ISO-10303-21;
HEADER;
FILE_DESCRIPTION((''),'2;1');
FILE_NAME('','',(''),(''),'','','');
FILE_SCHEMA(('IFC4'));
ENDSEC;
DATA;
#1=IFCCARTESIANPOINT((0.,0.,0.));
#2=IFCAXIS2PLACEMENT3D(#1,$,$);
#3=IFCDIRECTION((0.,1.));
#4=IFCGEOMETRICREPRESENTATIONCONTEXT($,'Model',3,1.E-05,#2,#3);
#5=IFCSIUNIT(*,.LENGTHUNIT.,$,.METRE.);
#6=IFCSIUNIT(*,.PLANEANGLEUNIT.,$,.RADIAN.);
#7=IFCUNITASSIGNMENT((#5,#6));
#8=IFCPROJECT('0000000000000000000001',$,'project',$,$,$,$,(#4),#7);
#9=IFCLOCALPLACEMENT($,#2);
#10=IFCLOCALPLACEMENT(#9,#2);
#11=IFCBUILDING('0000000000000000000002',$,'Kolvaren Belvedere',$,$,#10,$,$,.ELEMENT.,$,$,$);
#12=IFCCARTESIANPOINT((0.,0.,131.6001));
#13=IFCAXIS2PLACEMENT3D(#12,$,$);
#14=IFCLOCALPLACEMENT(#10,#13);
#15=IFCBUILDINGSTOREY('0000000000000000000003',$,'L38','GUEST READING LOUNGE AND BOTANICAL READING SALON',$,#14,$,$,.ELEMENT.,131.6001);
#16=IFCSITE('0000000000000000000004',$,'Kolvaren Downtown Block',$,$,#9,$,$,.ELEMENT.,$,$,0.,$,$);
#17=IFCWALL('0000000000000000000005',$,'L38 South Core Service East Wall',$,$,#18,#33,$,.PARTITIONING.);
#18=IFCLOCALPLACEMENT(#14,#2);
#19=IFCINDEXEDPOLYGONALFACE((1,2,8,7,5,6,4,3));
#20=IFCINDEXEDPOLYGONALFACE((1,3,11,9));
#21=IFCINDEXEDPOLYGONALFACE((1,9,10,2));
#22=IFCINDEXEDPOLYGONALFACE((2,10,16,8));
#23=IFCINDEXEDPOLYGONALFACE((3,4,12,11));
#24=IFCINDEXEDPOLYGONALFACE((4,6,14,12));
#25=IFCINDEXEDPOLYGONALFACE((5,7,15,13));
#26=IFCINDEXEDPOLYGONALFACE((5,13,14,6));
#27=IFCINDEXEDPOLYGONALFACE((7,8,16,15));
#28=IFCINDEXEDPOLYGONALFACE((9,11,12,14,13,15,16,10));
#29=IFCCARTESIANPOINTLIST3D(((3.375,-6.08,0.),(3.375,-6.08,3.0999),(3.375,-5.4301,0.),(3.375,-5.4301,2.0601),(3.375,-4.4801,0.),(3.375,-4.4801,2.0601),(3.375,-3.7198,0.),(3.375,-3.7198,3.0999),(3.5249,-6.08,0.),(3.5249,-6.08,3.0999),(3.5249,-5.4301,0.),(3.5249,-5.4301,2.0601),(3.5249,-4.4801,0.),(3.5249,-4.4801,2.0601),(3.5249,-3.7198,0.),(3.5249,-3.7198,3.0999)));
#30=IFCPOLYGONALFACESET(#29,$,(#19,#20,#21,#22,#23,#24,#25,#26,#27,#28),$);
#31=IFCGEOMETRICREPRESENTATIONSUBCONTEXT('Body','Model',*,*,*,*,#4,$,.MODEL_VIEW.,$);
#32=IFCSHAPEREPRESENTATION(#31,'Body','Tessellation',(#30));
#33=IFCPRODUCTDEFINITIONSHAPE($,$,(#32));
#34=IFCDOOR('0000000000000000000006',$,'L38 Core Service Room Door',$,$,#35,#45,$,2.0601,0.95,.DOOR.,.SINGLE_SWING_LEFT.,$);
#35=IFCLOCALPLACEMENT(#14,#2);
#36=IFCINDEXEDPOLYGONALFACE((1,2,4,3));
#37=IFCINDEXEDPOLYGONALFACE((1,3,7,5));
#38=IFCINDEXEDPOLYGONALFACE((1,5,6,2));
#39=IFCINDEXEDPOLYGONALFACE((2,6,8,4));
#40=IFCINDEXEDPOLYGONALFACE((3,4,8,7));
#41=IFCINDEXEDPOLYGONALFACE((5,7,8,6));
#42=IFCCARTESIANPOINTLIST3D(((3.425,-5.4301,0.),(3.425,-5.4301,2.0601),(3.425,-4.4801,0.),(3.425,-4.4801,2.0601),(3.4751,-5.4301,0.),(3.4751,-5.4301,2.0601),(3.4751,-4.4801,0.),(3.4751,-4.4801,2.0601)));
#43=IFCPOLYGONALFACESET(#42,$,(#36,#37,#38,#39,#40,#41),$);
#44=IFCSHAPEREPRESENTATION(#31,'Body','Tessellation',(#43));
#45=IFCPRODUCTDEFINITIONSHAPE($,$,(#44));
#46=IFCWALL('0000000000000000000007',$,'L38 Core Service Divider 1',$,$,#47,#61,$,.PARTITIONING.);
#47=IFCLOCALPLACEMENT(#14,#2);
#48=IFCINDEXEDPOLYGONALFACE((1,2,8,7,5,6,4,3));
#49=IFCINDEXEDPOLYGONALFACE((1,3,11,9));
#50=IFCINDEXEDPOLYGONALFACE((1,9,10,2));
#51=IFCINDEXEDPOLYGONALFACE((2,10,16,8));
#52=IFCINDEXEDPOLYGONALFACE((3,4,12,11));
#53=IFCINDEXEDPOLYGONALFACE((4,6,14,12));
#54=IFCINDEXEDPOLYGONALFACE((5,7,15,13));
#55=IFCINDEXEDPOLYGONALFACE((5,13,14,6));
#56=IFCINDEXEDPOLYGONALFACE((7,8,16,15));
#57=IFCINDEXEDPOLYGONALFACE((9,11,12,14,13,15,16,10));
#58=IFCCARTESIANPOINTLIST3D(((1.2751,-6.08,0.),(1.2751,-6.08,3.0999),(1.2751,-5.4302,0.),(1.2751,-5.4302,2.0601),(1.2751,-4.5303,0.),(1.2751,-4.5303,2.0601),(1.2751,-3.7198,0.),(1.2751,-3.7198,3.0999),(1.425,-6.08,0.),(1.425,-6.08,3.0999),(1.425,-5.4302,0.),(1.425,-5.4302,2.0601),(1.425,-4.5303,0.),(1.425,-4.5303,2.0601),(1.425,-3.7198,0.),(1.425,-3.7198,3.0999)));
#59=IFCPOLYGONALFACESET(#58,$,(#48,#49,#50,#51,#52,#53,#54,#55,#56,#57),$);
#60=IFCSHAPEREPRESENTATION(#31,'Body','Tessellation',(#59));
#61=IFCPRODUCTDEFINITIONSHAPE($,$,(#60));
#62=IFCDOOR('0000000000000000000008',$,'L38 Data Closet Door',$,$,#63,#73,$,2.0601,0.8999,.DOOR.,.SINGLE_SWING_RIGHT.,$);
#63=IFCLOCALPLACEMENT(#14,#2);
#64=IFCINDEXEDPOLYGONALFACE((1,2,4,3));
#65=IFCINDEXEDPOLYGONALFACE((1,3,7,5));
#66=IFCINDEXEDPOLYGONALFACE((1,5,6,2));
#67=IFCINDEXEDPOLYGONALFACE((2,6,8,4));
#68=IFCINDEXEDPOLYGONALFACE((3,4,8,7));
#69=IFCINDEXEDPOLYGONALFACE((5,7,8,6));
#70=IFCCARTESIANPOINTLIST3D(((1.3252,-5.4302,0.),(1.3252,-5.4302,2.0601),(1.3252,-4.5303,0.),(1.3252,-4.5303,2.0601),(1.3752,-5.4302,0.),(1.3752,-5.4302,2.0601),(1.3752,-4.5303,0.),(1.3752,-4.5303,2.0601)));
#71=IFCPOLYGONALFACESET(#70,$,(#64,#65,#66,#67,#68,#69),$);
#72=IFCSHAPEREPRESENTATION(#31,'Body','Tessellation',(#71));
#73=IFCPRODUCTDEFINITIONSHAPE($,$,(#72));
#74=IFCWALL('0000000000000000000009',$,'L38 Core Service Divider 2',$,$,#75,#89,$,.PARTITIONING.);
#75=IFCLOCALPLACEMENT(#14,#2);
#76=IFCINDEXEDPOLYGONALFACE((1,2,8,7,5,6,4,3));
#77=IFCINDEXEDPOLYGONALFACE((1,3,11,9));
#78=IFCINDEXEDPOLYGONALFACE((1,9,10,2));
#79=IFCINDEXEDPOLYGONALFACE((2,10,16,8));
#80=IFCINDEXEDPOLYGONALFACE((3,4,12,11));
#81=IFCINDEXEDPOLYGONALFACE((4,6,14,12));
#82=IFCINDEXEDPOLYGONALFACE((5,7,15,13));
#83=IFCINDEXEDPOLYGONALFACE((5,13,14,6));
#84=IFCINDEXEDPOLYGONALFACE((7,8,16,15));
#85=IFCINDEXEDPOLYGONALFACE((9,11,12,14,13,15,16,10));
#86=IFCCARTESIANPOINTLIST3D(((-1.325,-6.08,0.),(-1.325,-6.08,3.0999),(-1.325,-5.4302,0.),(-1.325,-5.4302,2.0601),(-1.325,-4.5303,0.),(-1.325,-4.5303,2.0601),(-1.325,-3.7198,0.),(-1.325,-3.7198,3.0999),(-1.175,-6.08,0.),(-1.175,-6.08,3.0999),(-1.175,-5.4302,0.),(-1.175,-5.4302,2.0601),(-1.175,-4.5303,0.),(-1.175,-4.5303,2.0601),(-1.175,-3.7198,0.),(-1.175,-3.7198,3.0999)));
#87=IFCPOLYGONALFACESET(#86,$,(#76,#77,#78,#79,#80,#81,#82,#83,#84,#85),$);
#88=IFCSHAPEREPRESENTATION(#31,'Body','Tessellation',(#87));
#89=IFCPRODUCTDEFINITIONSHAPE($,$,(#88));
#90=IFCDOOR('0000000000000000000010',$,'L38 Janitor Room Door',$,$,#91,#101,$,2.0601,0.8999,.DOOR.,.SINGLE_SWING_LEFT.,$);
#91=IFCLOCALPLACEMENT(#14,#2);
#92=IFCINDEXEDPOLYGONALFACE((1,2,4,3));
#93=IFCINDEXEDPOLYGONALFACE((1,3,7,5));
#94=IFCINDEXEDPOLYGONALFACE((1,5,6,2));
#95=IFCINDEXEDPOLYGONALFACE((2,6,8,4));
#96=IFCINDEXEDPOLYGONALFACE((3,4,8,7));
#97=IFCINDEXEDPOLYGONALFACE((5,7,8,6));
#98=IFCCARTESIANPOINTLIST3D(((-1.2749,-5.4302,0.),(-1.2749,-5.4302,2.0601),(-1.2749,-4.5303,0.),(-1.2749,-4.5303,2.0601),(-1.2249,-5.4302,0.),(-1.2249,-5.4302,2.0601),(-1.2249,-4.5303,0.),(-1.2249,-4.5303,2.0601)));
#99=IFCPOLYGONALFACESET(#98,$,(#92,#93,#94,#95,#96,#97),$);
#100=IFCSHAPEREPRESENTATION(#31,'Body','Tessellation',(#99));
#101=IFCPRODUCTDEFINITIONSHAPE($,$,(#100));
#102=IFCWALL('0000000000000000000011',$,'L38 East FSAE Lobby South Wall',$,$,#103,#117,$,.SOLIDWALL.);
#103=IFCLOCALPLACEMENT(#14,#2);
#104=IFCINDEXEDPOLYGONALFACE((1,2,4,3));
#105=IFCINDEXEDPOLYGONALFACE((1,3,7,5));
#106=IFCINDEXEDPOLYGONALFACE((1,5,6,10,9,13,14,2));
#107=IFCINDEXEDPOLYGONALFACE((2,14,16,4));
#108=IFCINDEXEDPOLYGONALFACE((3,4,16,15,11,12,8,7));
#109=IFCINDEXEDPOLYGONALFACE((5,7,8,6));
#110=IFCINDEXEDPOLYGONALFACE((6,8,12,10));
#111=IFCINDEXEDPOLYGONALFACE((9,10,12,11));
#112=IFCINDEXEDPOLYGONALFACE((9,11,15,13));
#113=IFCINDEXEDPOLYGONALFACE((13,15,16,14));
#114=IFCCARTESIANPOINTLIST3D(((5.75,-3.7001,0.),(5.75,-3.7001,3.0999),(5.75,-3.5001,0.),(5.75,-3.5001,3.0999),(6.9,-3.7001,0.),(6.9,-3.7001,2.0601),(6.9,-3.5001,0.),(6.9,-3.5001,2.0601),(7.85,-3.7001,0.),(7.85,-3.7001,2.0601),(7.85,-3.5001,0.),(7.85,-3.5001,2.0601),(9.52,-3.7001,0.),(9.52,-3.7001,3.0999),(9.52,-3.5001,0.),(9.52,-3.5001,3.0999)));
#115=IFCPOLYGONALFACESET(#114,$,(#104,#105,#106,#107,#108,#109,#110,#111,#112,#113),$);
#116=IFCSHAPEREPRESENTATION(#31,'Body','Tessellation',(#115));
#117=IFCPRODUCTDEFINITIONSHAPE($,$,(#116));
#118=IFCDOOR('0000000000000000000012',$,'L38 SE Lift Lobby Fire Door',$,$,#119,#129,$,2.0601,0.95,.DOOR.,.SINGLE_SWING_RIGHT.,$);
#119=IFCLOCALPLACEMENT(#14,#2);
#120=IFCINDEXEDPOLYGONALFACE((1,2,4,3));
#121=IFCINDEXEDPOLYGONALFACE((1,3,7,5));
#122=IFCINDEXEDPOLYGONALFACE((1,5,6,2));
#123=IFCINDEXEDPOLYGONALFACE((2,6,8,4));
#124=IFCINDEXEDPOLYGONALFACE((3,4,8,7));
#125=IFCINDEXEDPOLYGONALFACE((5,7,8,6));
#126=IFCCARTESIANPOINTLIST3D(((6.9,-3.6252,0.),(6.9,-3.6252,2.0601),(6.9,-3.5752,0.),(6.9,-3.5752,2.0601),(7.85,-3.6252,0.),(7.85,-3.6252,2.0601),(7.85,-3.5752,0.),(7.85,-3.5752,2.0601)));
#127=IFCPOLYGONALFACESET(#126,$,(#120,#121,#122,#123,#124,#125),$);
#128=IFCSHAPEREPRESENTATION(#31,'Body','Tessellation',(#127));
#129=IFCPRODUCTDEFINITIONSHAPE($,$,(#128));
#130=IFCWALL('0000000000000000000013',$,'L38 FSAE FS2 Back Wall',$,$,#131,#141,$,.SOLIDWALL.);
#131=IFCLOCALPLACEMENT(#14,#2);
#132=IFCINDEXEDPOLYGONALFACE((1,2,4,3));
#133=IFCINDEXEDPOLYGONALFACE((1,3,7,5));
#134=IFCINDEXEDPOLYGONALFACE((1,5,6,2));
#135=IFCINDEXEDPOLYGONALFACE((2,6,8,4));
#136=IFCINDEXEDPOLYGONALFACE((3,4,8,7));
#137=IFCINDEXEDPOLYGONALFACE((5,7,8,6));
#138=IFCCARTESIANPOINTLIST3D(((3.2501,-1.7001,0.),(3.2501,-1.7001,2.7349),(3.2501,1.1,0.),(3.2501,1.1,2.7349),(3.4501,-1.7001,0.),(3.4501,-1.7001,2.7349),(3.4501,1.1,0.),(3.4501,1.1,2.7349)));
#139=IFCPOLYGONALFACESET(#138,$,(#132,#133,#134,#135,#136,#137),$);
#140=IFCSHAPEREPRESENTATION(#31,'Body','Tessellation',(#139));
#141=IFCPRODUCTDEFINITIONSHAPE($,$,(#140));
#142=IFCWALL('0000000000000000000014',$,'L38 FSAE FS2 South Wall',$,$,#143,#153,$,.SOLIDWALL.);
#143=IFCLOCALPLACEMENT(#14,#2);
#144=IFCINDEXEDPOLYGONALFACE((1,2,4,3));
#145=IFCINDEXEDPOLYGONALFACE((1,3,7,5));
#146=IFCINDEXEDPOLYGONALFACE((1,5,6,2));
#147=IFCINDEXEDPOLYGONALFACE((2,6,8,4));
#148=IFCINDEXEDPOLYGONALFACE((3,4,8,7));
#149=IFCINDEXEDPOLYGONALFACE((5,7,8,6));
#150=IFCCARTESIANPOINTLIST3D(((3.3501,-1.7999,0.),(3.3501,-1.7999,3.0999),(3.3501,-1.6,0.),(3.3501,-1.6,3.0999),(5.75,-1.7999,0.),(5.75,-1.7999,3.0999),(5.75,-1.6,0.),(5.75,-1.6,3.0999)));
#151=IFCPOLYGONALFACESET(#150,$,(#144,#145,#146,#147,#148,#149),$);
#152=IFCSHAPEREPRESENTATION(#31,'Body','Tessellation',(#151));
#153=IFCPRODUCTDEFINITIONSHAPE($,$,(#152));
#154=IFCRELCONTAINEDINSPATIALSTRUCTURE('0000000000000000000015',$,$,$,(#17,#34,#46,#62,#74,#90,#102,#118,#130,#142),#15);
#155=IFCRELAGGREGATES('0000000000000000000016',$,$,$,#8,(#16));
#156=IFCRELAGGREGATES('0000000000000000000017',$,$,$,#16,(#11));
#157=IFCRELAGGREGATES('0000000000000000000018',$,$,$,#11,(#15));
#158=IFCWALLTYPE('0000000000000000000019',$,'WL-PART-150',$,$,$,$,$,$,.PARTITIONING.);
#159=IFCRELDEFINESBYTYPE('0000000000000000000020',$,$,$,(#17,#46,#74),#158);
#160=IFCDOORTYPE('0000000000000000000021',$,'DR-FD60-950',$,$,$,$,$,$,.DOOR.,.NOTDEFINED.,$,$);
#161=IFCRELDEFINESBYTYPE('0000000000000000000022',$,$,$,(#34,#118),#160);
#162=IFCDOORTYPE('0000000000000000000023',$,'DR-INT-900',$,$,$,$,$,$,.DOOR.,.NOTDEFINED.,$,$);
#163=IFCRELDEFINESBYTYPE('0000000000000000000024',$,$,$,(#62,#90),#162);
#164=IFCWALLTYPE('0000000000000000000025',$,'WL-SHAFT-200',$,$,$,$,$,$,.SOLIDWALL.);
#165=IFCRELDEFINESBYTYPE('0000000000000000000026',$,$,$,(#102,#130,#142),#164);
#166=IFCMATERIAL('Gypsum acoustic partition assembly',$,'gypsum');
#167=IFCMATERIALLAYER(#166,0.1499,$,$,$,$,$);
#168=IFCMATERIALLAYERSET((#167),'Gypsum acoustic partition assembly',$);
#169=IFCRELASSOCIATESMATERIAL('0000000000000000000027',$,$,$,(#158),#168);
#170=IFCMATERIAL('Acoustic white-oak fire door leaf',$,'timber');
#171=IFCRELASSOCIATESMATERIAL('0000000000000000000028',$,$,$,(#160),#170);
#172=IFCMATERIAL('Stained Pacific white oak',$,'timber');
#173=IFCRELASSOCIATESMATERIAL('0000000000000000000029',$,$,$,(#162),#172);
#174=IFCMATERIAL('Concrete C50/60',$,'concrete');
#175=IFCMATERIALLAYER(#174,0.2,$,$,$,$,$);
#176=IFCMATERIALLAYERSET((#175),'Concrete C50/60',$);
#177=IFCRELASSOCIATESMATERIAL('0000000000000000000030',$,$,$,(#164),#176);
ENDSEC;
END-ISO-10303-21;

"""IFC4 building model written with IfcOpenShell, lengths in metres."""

from ifc_helpers import new_model, si_unit, direction, frame, frame_2d, origin, place, context, subcontext, project, spatial, rectangle, extrude, material, layer, layer_set, type_object, element, fill, save


model = new_model("IFC4")

# Units and contexts
model_context = context("Model", 3, precision=1e-05, world=origin(), true_north=direction((0.0, 1.0)))
body_context = subcontext(model_context, "Body", "Model", "MODEL_VIEW")
ifc_project = project(units=[si_unit("LENGTHUNIT", "METRE"), si_unit("PLANEANGLEUNIT", "RADIAN")], contexts=[model_context])

# Site, building, storey
site_placement = place(None, origin())
site = spatial("IfcSite", under=ifc_project, at=site_placement, Name="Kolvaren Downtown Block", CompositionType="ELEMENT", RefElevation=0.0)
building_placement = place(site_placement, origin())
building = spatial("IfcBuilding", under=site, at=building_placement, Name="Kolvaren Belvedere", CompositionType="ELEMENT")
storey_placement = place(building_placement, frame((0.0, 0.0, 131.6001)))
storey = spatial("IfcBuildingStorey", under=building, at=storey_placement, Name="L38", Description="GUEST READING LOUNGE AND BOTANICAL READING SALON", CompositionType="ELEMENT", Elevation=131.6001)

# Walls, openings, doors
ifc_material_1 = material(Name="Gypsum acoustic partition assembly", Category="gypsum")
ifc_layer_1 = layer(ifc_material_1, 0.1499)
ifc_layer_set_1 = layer_set([ifc_layer_1], Name="Gypsum acoustic partition assembly")
wall_type_1 = type_object("IfcWallType", Name="WL-PART-150", PredefinedType="PARTITIONING", material=ifc_layer_set_1)
wall_1_placement = place(storey_placement, frame((3.45, -6.0801, 0.0), z_axis=(0.0, 0.0, 1.0), x_axis=(0.0, 1.0, 0.0)))
wall_1 = element("IfcWall", 1, at=wall_1_placement, inside=storey, type_object=wall_type_1, Name="L38 South Core Service East Wall", PredefinedType="PARTITIONING", context=body_context, shape_type="SweptSolid", body=[
    extrude(rectangle(XDim=2.3601, YDim=0.1499, at=frame_2d((1.1802, 0.0))), origin(), (0.0, 0.0, 1.0), 3.0999),
])
opening_1_placement = place(wall_1_placement, frame((0.6499, 0.0, 0.0)))
opening_1 = element("IfcOpeningElement", 2, at=opening_1_placement, cuts=wall_1, PredefinedType="OPENING", context=body_context, shape_type="SweptSolid", body=[
    extrude(rectangle(XDim=0.95, YDim=2.0601, at=frame_2d((0.4751, 1.03))), frame((0.0, 0.085, 0.0), z_axis=(0.0, -1.0, 0.0), x_axis=(1.0, 0.0, 0.0)), (0.0, 0.0, 1.0), 0.1699),
])
ifc_material_2 = material(Name="Acoustic white-oak fire door leaf", Category="timber")
door_type_1 = type_object("IfcDoorType", Name="DR-FD60-950", OperationType="NOTDEFINED", PredefinedType="DOOR", material=ifc_material_2)
door_1_placement = place(opening_1_placement, origin())
door_1 = element("IfcDoor", 3, at=door_1_placement, inside=storey, type_object=door_type_1, Name="L38 Core Service Room Door", OperationType="SINGLE_SWING_LEFT", OverallHeight=2.0601, OverallWidth=0.95, PredefinedType="DOOR", context=body_context, shape_type="SweptSolid", body=[
    extrude(rectangle(XDim=0.95, YDim=2.0601, at=frame_2d((0.4751, 1.03))), frame((0.0, 0.0249, 0.0), z_axis=(0.0, -1.0, 0.0), x_axis=(1.0, 0.0, 0.0)), (0.0, 0.0, 1.0), 0.05),
])
fill(opening_1, door_1)
wall_2_placement = place(storey_placement, frame((1.3501, -6.0801, 0.0), z_axis=(0.0, 0.0, 1.0), x_axis=(0.0, 1.0, 0.0)))
wall_2 = element("IfcWall", 4, at=wall_2_placement, inside=storey, type_object=wall_type_1, Name="L38 Core Service Divider 1", PredefinedType="PARTITIONING", context=body_context, shape_type="SweptSolid", body=[
    extrude(rectangle(XDim=2.3601, YDim=0.1499, at=frame_2d((1.1802, 0.0))), origin(), (0.0, 0.0, 1.0), 3.0999),
])
opening_2_placement = place(wall_2_placement, frame((0.6499, 0.0, 0.0)))
opening_2 = element("IfcOpeningElement", 5, at=opening_2_placement, cuts=wall_2, PredefinedType="OPENING", context=body_context, shape_type="SweptSolid", body=[
    extrude(rectangle(XDim=0.8999, YDim=2.0601, at=frame_2d((0.45, 1.03))), frame((0.0, 0.085, 0.0), z_axis=(0.0, -1.0, 0.0), x_axis=(1.0, 0.0, 0.0)), (0.0, 0.0, 1.0), 0.1699),
])
ifc_material_3 = material(Name="Stained Pacific white oak", Category="timber")
door_type_2 = type_object("IfcDoorType", Name="DR-INT-900", OperationType="NOTDEFINED", PredefinedType="DOOR", material=ifc_material_3)
door_2_placement = place(opening_2_placement, origin())
door_2 = element("IfcDoor", 6, at=door_2_placement, inside=storey, type_object=door_type_2, Name="L38 Data Closet Door", OperationType="SINGLE_SWING_RIGHT", OverallHeight=2.0601, OverallWidth=0.8999, PredefinedType="DOOR", context=body_context, shape_type="SweptSolid", body=[
    extrude(rectangle(XDim=0.8999, YDim=2.0601, at=frame_2d((0.45, 1.03))), frame((0.0, 0.0249, 0.0), z_axis=(0.0, -1.0, 0.0), x_axis=(1.0, 0.0, 0.0)), (0.0, 0.0, 1.0), 0.05),
])
fill(opening_2, door_2)
wall_3_placement = place(storey_placement, frame((-1.25, -6.0801, 0.0), z_axis=(0.0, 0.0, 1.0), x_axis=(0.0, 1.0, 0.0)))
wall_3 = element("IfcWall", 7, at=wall_3_placement, inside=storey, type_object=wall_type_1, Name="L38 Core Service Divider 2", PredefinedType="PARTITIONING", context=body_context, shape_type="SweptSolid", body=[
    extrude(rectangle(XDim=2.3601, YDim=0.1499, at=frame_2d((1.1802, 0.0))), origin(), (0.0, 0.0, 1.0), 3.0999),
])
opening_3_placement = place(wall_3_placement, frame((0.6499, 0.0, 0.0)))
opening_3 = element("IfcOpeningElement", 8, at=opening_3_placement, cuts=wall_3, PredefinedType="OPENING", context=body_context, shape_type="SweptSolid", body=[
    extrude(rectangle(XDim=0.8999, YDim=2.0601, at=frame_2d((0.45, 1.03))), frame((0.0, 0.085, 0.0), z_axis=(0.0, -1.0, 0.0), x_axis=(1.0, 0.0, 0.0)), (0.0, 0.0, 1.0), 0.1699),
])
door_3_placement = place(opening_3_placement, origin())
door_3 = element("IfcDoor", 9, at=door_3_placement, inside=storey, type_object=door_type_2, Name="L38 Janitor Room Door", OperationType="SINGLE_SWING_LEFT", OverallHeight=2.0601, OverallWidth=0.8999, PredefinedType="DOOR", context=body_context, shape_type="SweptSolid", body=[
    extrude(rectangle(XDim=0.8999, YDim=2.0601, at=frame_2d((0.45, 1.03))), frame((0.0, 0.0249, 0.0), z_axis=(0.0, -1.0, 0.0), x_axis=(1.0, 0.0, 0.0)), (0.0, 0.0, 1.0), 0.05),
])
fill(opening_3, door_3)
ifc_material_4 = material(Name="Concrete C50/60", Category="concrete")
ifc_layer_2 = layer(ifc_material_4, 0.2)
ifc_layer_set_2 = layer_set([ifc_layer_2], Name="Concrete C50/60")
wall_type_2 = type_object("IfcWallType", Name="WL-SHAFT-200", PredefinedType="SOLIDWALL", material=ifc_layer_set_2)
wall_4_placement = place(storey_placement, frame((5.75, -3.6001, 0.0), z_axis=(0.0, 0.0, 1.0), x_axis=(1.0, 0.0, 0.0)))
wall_4 = element("IfcWall", 10, at=wall_4_placement, inside=storey, type_object=wall_type_2, Name="L38 East FSAE Lobby South Wall", PredefinedType="SOLIDWALL", context=body_context, shape_type="SweptSolid", body=[
    extrude(rectangle(XDim=3.77, YDim=0.2, at=frame_2d((1.885, 0.0))), origin(), (0.0, 0.0, 1.0), 3.0999),
])
opening_4_placement = place(wall_4_placement, frame((1.1499, 0.0, 0.0)))
opening_4 = element("IfcOpeningElement", 11, at=opening_4_placement, cuts=wall_4, PredefinedType="OPENING", context=body_context, shape_type="SweptSolid", body=[
    extrude(rectangle(XDim=0.95, YDim=2.0601, at=frame_2d((0.4751, 1.03))), frame((0.0, 0.1099, 0.0), z_axis=(0.0, -1.0, 0.0), x_axis=(1.0, 0.0, 0.0)), (0.0, 0.0, 1.0), 0.22),
])
door_4_placement = place(opening_4_placement, origin())
door_4 = element("IfcDoor", 12, at=door_4_placement, inside=storey, type_object=door_type_1, Name="L38 SE Lift Lobby Fire Door", OperationType="SINGLE_SWING_RIGHT", OverallHeight=2.0601, OverallWidth=0.95, PredefinedType="DOOR", context=body_context, shape_type="SweptSolid", body=[
    extrude(rectangle(XDim=0.95, YDim=2.0601, at=frame_2d((0.4751, 1.03))), frame((0.0, 0.0249, 0.0), z_axis=(0.0, -1.0, 0.0), x_axis=(1.0, 0.0, 0.0)), (0.0, 0.0, 1.0), 0.05),
])
fill(opening_4, door_4)

# Walls
wall_5_placement = place(storey_placement, frame((3.3501, -1.7, 0.0), z_axis=(0.0, 0.0, 1.0), x_axis=(0.0, 1.0, 0.0)))
element("IfcWall", 13, at=wall_5_placement, inside=storey, type_object=wall_type_2, Name="L38 FSAE FS2 Back Wall", PredefinedType="SOLIDWALL", context=body_context, shape_type="SweptSolid", body=[
    extrude(rectangle(XDim=2.8, YDim=0.2, at=frame_2d((1.3999, 0.0))), origin(), (0.0, 0.0, 1.0), 2.7349),
])
wall_6_placement = place(storey_placement, frame((3.3501, -1.7, 0.0), z_axis=(0.0, 0.0, 1.0), x_axis=(1.0, 0.0, 0.0)))
element("IfcWall", 14, at=wall_6_placement, inside=storey, type_object=wall_type_2, Name="L38 FSAE FS2 South Wall", PredefinedType="SOLIDWALL", context=body_context, shape_type="SweptSolid", body=[
    extrude(rectangle(XDim=2.3999, YDim=0.2, at=frame_2d((1.2, 0.0))), origin(), (0.0, 0.0, 1.0), 3.0999),
])

save(model, "model.ifc")
